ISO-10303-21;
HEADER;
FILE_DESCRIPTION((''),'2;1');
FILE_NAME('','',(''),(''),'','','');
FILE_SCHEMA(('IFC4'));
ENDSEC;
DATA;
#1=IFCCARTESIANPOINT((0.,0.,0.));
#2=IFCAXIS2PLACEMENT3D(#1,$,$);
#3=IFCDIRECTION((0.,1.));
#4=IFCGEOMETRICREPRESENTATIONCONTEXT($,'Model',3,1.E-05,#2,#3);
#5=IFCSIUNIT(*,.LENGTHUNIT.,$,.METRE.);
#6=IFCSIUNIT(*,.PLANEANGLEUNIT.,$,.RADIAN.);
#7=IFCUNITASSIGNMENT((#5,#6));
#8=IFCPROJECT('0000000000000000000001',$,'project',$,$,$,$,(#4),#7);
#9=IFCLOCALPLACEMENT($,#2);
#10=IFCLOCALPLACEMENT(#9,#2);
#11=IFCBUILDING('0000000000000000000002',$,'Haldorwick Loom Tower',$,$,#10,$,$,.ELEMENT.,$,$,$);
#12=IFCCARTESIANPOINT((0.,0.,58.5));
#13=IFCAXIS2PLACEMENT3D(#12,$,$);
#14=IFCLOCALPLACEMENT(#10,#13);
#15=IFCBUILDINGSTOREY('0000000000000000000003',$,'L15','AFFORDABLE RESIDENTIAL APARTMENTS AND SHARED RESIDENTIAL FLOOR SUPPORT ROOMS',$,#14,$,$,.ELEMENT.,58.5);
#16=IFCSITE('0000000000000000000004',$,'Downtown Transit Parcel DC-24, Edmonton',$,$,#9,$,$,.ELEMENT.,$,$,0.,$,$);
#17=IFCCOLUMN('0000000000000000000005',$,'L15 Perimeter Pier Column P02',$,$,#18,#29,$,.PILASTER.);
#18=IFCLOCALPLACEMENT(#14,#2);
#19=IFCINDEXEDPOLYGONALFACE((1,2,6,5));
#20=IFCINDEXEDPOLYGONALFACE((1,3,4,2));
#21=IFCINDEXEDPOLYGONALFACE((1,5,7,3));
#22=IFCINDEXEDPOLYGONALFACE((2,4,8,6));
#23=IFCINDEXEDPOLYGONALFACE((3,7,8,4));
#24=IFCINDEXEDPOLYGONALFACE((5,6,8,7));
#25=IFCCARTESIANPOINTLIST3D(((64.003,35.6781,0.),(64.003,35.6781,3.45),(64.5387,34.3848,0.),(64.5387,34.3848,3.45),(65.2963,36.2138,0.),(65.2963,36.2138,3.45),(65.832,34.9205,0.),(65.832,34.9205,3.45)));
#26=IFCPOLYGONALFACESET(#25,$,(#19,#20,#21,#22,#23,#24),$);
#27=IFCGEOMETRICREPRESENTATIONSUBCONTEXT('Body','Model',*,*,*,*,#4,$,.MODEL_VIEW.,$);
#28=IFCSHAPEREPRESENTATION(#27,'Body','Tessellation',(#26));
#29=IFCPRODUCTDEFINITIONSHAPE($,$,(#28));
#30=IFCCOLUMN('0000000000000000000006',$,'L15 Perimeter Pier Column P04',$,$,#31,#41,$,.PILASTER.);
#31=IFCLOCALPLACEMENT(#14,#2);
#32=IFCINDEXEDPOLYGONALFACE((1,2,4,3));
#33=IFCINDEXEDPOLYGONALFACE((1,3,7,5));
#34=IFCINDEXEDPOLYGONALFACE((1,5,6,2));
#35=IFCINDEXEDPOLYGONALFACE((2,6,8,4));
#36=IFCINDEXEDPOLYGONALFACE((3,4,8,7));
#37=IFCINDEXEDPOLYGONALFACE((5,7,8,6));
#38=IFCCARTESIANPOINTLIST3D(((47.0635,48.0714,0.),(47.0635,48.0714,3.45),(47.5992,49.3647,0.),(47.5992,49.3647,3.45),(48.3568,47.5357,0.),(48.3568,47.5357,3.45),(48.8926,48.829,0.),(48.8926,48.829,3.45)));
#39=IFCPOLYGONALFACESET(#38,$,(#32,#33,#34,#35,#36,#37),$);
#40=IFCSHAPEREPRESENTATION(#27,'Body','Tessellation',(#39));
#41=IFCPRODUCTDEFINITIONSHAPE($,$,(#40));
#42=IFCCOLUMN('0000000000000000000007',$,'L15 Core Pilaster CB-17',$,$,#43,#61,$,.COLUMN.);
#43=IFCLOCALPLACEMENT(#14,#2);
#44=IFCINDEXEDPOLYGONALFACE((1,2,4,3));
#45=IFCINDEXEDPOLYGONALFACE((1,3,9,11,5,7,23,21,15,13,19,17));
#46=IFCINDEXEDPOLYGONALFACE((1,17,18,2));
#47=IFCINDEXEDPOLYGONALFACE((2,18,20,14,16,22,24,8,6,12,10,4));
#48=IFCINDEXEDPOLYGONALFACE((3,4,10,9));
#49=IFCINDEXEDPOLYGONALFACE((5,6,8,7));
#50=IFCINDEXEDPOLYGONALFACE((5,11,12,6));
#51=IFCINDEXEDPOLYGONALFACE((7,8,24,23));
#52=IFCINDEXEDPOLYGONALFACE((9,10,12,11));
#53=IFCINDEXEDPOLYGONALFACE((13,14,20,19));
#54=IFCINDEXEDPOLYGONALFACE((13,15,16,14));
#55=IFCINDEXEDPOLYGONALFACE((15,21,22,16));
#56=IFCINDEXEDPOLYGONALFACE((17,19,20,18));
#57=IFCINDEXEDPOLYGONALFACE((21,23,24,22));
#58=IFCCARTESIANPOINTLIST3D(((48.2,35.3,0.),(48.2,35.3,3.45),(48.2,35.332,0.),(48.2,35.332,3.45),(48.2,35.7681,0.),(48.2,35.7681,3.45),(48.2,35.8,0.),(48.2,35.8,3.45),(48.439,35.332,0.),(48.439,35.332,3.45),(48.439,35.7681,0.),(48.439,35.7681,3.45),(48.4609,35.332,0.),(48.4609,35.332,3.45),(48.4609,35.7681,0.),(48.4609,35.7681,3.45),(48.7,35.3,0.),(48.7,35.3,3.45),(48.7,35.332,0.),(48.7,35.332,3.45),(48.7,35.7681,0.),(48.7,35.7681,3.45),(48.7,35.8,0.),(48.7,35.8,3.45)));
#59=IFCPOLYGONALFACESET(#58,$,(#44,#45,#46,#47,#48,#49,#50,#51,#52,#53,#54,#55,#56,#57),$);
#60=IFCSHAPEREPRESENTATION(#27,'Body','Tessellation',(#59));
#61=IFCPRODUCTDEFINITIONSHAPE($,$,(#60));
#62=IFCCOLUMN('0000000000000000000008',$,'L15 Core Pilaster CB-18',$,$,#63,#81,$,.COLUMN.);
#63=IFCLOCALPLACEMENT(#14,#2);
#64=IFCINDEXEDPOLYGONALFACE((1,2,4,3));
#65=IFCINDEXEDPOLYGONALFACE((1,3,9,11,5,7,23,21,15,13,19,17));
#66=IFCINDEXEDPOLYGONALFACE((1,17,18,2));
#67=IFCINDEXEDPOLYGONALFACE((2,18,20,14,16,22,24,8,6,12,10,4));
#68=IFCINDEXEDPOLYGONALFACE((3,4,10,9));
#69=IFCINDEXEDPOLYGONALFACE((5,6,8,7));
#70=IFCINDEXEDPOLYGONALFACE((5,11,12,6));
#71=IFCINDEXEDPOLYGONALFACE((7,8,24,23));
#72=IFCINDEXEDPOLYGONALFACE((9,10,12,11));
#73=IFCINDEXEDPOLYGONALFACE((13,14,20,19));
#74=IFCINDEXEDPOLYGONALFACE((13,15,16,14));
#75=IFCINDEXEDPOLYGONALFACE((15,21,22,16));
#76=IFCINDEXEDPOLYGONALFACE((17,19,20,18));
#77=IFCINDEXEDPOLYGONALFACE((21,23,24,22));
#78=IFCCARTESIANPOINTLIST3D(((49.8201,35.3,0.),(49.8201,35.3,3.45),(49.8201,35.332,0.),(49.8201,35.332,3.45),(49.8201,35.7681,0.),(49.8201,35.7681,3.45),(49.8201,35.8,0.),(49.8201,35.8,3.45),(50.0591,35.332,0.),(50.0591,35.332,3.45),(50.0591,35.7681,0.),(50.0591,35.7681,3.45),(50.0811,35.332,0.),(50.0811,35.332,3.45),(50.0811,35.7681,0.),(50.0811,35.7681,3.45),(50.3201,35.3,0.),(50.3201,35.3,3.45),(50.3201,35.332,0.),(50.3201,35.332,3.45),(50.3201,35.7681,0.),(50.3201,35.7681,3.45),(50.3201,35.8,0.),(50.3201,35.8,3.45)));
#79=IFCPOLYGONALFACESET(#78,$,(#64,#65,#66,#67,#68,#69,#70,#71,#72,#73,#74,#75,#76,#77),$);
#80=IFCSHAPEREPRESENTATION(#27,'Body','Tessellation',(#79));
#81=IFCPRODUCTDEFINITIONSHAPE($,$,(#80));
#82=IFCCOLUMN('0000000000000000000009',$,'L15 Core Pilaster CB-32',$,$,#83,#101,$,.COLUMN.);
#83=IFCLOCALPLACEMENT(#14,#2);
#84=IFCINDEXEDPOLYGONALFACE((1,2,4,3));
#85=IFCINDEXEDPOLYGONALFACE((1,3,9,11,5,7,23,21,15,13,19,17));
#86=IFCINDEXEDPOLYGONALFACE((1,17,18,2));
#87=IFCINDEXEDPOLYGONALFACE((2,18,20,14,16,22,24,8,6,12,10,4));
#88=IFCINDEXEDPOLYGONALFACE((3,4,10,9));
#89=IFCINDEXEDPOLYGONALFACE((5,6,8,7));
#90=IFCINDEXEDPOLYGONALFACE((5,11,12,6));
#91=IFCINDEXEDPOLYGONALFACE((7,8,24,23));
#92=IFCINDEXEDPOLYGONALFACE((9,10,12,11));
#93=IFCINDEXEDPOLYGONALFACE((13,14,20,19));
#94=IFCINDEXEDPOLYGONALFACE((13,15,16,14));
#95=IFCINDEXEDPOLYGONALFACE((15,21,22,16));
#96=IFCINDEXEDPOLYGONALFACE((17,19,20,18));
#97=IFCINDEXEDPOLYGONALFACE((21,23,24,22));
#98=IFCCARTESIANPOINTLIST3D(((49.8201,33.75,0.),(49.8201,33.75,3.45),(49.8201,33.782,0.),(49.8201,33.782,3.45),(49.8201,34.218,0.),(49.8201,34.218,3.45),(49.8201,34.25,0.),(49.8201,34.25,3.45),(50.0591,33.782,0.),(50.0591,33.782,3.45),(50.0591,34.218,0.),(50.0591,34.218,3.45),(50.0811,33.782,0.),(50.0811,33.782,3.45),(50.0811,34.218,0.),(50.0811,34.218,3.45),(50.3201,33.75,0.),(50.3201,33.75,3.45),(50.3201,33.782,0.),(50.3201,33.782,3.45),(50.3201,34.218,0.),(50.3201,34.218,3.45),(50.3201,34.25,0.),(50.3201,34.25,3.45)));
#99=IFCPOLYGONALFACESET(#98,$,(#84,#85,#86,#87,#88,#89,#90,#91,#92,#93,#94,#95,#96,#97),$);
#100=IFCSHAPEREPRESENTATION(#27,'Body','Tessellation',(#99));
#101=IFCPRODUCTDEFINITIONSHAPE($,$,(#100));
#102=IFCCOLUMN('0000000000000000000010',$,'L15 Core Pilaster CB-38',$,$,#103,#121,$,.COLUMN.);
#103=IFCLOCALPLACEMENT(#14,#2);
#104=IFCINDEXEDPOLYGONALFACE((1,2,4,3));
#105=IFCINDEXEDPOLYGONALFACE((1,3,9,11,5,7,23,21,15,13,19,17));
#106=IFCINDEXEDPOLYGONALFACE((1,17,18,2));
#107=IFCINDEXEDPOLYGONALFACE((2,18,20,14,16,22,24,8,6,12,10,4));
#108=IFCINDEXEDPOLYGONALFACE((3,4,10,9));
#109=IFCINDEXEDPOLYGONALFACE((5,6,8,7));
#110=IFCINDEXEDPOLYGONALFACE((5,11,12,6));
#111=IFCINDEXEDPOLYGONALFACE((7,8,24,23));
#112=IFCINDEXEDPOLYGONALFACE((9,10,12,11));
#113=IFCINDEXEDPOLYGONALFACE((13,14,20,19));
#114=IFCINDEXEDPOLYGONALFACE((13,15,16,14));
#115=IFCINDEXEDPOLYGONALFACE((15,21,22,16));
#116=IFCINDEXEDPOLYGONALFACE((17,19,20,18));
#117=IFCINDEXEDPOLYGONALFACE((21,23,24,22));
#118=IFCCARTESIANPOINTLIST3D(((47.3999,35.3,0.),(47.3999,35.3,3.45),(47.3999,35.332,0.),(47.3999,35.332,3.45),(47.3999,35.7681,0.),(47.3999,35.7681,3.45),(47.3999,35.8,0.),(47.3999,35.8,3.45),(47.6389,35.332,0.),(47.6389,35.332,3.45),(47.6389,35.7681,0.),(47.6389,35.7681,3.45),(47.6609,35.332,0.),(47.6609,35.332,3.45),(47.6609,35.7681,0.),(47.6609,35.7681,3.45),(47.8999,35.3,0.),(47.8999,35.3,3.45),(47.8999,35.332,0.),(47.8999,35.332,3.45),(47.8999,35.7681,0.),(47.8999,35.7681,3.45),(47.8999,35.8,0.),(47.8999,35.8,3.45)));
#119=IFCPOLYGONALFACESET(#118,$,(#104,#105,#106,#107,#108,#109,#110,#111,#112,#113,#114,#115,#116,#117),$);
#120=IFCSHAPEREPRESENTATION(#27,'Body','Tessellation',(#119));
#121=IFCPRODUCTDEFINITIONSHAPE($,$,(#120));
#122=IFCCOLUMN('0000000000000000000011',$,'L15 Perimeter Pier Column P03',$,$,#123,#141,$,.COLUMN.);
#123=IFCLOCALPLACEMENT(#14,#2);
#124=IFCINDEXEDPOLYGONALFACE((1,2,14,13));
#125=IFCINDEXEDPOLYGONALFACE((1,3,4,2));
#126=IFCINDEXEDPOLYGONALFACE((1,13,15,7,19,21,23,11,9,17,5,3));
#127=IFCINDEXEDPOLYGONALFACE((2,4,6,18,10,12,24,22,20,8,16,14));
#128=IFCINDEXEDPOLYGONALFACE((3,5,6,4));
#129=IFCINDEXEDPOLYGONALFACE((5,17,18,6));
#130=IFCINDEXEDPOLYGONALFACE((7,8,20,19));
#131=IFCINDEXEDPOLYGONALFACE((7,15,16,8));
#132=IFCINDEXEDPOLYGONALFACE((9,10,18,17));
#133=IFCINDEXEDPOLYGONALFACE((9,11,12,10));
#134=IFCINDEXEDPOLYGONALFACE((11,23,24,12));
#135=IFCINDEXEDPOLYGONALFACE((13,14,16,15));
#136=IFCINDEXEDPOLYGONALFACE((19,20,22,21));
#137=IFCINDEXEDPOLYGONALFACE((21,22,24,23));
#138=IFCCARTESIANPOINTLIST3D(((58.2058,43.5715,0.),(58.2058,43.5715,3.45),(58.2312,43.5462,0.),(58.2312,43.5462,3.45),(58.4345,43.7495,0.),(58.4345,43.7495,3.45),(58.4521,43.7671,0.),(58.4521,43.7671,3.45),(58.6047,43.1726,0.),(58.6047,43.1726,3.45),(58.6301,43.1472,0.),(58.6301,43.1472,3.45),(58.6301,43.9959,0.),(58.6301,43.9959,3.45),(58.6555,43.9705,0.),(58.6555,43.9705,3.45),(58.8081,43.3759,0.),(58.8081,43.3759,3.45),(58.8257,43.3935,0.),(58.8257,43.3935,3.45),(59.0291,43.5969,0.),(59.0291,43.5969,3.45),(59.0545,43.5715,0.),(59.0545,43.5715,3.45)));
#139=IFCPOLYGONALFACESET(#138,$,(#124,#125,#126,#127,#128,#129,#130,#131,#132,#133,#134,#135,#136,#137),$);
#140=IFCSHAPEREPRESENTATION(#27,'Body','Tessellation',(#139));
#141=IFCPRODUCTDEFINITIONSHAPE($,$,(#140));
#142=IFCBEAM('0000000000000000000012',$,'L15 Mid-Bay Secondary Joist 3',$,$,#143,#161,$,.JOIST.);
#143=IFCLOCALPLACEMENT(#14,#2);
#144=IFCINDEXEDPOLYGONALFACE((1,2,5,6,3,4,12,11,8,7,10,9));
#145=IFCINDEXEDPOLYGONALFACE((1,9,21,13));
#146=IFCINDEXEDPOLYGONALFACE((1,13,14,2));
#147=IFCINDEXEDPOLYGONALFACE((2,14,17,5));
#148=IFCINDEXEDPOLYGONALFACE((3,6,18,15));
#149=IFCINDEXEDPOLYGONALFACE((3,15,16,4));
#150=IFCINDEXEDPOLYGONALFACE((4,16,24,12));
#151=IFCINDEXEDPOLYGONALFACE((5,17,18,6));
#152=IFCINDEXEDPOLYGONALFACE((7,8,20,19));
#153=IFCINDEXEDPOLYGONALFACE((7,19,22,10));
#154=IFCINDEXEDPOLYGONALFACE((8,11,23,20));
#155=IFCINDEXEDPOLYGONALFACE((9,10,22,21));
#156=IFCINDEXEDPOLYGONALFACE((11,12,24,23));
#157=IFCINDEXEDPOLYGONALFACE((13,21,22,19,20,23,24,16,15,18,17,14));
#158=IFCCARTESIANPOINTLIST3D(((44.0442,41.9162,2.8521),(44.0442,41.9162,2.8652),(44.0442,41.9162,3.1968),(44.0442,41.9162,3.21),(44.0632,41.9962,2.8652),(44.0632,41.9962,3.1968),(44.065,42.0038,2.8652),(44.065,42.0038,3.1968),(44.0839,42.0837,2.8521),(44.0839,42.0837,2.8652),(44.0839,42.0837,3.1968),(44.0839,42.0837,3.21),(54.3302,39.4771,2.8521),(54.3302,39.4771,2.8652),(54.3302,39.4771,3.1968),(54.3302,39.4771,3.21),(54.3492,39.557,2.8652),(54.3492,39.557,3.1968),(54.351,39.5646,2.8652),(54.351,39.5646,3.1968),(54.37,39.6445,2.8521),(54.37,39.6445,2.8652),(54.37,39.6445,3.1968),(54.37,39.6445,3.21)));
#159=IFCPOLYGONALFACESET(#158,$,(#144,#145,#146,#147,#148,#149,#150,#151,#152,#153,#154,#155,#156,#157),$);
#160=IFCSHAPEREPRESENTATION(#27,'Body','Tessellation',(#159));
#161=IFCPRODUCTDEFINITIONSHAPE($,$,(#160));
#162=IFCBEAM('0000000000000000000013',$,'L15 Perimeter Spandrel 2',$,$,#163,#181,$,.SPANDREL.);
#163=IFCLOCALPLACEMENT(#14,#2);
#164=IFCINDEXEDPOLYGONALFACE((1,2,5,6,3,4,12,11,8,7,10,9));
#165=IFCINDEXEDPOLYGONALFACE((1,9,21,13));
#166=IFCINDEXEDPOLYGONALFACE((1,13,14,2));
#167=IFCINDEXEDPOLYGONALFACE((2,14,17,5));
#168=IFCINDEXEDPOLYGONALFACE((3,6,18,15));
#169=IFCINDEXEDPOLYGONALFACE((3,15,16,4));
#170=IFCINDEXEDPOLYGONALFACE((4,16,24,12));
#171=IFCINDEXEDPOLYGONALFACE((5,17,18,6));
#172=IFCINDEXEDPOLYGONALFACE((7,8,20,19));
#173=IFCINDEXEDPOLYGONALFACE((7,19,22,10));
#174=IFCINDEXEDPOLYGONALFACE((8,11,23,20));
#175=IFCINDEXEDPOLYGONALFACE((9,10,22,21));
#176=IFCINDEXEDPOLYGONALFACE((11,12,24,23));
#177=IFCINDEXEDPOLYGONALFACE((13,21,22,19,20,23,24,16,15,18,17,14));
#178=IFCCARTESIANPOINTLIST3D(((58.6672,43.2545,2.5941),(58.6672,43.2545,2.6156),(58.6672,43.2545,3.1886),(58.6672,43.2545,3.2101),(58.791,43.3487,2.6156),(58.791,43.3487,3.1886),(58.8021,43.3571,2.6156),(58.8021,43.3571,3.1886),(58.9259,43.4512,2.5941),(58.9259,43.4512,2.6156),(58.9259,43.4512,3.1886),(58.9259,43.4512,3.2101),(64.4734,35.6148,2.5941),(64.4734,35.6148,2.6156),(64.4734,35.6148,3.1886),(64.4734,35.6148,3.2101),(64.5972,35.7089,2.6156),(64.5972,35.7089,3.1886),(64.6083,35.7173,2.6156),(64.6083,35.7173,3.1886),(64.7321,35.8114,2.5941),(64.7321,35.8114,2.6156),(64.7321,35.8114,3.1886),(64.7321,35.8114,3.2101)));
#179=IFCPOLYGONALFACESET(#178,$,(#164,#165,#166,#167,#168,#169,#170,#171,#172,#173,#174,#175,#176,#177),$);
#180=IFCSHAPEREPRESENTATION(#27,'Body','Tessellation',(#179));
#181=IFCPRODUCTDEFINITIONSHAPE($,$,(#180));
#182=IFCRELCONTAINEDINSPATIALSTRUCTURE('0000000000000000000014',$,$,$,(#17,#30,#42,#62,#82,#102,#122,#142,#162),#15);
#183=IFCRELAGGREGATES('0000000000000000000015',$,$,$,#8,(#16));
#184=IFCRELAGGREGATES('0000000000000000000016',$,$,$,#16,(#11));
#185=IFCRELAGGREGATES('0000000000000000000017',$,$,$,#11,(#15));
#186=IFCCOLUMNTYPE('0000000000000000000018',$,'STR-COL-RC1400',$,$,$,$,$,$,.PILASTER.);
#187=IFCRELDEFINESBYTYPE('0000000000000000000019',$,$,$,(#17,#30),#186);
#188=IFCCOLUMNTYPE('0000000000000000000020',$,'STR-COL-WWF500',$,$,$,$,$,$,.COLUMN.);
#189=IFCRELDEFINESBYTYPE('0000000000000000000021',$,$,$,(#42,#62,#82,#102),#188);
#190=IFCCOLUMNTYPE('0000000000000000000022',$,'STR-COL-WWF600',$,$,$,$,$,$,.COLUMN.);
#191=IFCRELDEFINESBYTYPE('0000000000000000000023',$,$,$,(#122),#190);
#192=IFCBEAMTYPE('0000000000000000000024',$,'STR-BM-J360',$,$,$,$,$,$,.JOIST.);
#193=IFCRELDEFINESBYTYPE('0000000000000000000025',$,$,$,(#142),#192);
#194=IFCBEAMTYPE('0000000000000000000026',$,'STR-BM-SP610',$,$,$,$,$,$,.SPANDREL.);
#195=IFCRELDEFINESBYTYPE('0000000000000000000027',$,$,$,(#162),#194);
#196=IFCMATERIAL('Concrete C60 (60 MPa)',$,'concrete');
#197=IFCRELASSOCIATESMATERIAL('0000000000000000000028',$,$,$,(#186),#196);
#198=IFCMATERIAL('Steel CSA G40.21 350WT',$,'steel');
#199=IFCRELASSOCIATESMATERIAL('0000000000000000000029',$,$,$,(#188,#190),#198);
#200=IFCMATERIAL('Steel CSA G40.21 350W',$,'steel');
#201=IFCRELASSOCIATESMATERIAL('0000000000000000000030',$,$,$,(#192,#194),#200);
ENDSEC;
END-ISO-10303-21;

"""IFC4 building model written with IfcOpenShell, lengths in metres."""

from ifc_helpers import new_model, si_unit, direction, frame, origin, origin_2d, place, context, subcontext, project, spatial, rectangle, i_section, extrude, material, material_profile, profile_set, type_object, element, save


model = new_model("IFC4")

# Units and contexts
model_context = context("Model", 3, precision=1e-05, world=origin(), true_north=direction((0.0, 1.0)))
body_context = subcontext(model_context, "Body", "Model", "MODEL_VIEW")
ifc_project = project(units=[si_unit("LENGTHUNIT", "METRE"), si_unit("PLANEANGLEUNIT", "RADIAN")], contexts=[model_context])

# Site, building, storey
site_placement = place(None, origin())
site = spatial("IfcSite", under=ifc_project, at=site_placement, Name="Downtown Transit Parcel DC-24, Edmonton", CompositionType="ELEMENT", RefElevation=0.0)
building_placement = place(site_placement, origin())
building = spatial("IfcBuilding", under=site, at=building_placement, Name="Haldorwick Loom Tower", CompositionType="ELEMENT")
storey_placement = place(building_placement, frame((0.0, 0.0, 58.5)))
storey = spatial("IfcBuildingStorey", under=building, at=storey_placement, Name="L15", Description="AFFORDABLE RESIDENTIAL APARTMENTS AND SHARED RESIDENTIAL FLOOR SUPPORT ROOMS", CompositionType="ELEMENT", Elevation=58.5)

# Columns
ifc_material_1 = material(Name="Concrete C60 (60 MPa)", Category="concrete")
ifc_material_profile_1 = material_profile(ifc_material_1, rectangle(XDim=1.3999, YDim=1.3999, at=origin_2d()), Name="RC1400X1400", Category="concrete")
ifc_profile_set_1 = profile_set([ifc_material_profile_1], Name="Concrete C60 (60 MPa)")
column_type_1 = type_object("IfcColumnType", Name="STR-COL-RC1400", PredefinedType="PILASTER", material=ifc_profile_set_1)
for number, where, z_axis, x_axis, name in (
    (1, (64.9175, 35.2993, 0.0), (0.0, 0.0, 1.0), (0.92388, 0.382683, 0.0), "L15 Perimeter Pier Column P02"),
    (2, (47.978, 48.4502, 0.0), (0.0, 0.0, 1.0), (0.382683, 0.92388, 0.0), "L15 Perimeter Pier Column P04"),
):
    element("IfcColumn", number, at=place(storey_placement, frame(where, z_axis=z_axis, x_axis=x_axis)), inside=storey, type_object=column_type_1, Name=name, PredefinedType="PILASTER", context=body_context, shape_type="SweptSolid", body=[
        extrude(rectangle(XDim=1.3999, YDim=1.3999, at=origin_2d()), origin(), (0.0, 0.0, 1.0), 3.45),
    ])
ifc_material_2 = material(Name="Steel CSA G40.21 350WT", Category="steel")
ifc_material_profile_2 = material_profile(ifc_material_2, i_section(OverallWidth=0.5, OverallDepth=0.5, WebThickness=0.022, FlangeThickness=0.032, at=origin_2d()), Name="WWF500X500", Category="steel")
ifc_profile_set_2 = profile_set([ifc_material_profile_2], Name="Steel CSA G40.21 350WT")
column_type_2 = type_object("IfcColumnType", Name="STR-COL-WWF500", PredefinedType="COLUMN", material=ifc_profile_set_2)
for number, where, z_axis, x_axis, name in (
    (3, (48.45, 35.55, 0.0), (0.0, 0.0, 1.0), (1.0, 0.0, 0.0), "L15 Core Pilaster CB-17"),
    (4, (50.0701, 35.55, 0.0), (0.0, 0.0, 1.0), (1.0, 0.0, 0.0), "L15 Core Pilaster CB-18"),
    (5, (50.0701, 34.0, 0.0), (0.0, 0.0, 1.0), (1.0, 0.0, 0.0), "L15 Core Pilaster CB-32"),
    (6, (47.6499, 35.55, 0.0), (0.0, 0.0, 1.0), (1.0, 0.0, 0.0), "L15 Core Pilaster CB-38"),
):
    element("IfcColumn", number, at=place(storey_placement, frame(where, z_axis=z_axis, x_axis=x_axis)), inside=storey, type_object=column_type_2, Name=name, PredefinedType="COLUMN", context=body_context, shape_type="SweptSolid", body=[
        extrude(i_section(OverallWidth=0.5, OverallDepth=0.5, WebThickness=0.022, FlangeThickness=0.032, at=origin_2d()), origin(), (0.0, 0.0, 1.0), 3.45),
    ])
ifc_material_profile_3 = material_profile(ifc_material_2, i_section(OverallWidth=0.6001, OverallDepth=0.6001, WebThickness=0.0249, FlangeThickness=0.0359, at=origin_2d()), Name="WWF600X600", Category="steel")
ifc_profile_set_3 = profile_set([ifc_material_profile_3], Name="Steel CSA G40.21 350WT")
column_type_3 = type_object("IfcColumnType", Name="STR-COL-WWF600", PredefinedType="COLUMN", material=ifc_profile_set_3)
column_placement = place(storey_placement, frame((58.6301, 43.5715, 0.0), z_axis=(0.0, 0.0, 1.0), x_axis=(0.707107, 0.707107, 0.0)))
element("IfcColumn", 7, at=column_placement, inside=storey, type_object=column_type_3, Name="L15 Perimeter Pier Column P03", PredefinedType="COLUMN", context=body_context, shape_type="SweptSolid", body=[
    extrude(i_section(OverallWidth=0.6001, OverallDepth=0.6001, WebThickness=0.0249, FlangeThickness=0.0359, at=origin_2d()), origin(), (0.0, 0.0, 1.0), 3.45),
])

# Beams
ifc_material_3 = material(Name="Steel CSA G40.21 350W", Category="steel")
ifc_material_profile_4 = material_profile(ifc_material_3, i_section(OverallWidth=0.1721, OverallDepth=0.3579, WebThickness=0.0078, FlangeThickness=0.0132, at=origin_2d()), Name="W360X57", Category="steel")
ifc_profile_set_4 = profile_set([ifc_material_profile_4], Name="Steel CSA G40.21 350W")
beam_type_1 = type_object("IfcBeamType", Name="STR-BM-J360", PredefinedType="JOIST", material=ifc_profile_set_4)
beam_1_placement = place(storey_placement, frame((54.3501, 39.5608, 3.031), z_axis=(-0.973016, 0.230737, 0.0), x_axis=(-0.230737, -0.973016, 0.0)))
element("IfcBeam", 8, at=beam_1_placement, inside=storey, type_object=beam_type_1, Name="L15 Mid-Bay Secondary Joist 3", PredefinedType="JOIST", context=body_context, shape_type="SweptSolid", body=[
    extrude(i_section(OverallWidth=0.1721, OverallDepth=0.3579, WebThickness=0.0078, FlangeThickness=0.0132, at=origin_2d()), origin(), (0.0, 0.0, 1.0), 10.5713),
])
ifc_material_profile_5 = material_profile(ifc_material_3, i_section(OverallWidth=0.325, OverallDepth=0.616, WebThickness=0.0139, FlangeThickness=0.0215, at=origin_2d()), Name="W610X174", Category="steel")
ifc_profile_set_5 = profile_set([ifc_material_profile_5], Name="Steel CSA G40.21 350W")
beam_type_2 = type_object("IfcBeamType", Name="STR-BM-SP610", PredefinedType="SPANDREL", material=ifc_profile_set_5)
beam_2_placement = place(storey_placement, frame((64.6028, 35.7131, 2.9021), z_axis=(-0.605085, 0.796161, 0.0), x_axis=(-0.796161, -0.605085, 0.0)))
element("IfcBeam", 9, at=beam_2_placement, inside=storey, type_object=beam_type_2, Name="L15 Perimeter Spandrel 2", PredefinedType="SPANDREL", context=body_context, shape_type="SweptSolid", body=[
    extrude(i_section(OverallWidth=0.325, OverallDepth=0.616, WebThickness=0.0139, FlangeThickness=0.0215, at=origin_2d()), origin(), (0.0, 0.0, 1.0), 9.5957),
])

save(model, "model.ifc")
